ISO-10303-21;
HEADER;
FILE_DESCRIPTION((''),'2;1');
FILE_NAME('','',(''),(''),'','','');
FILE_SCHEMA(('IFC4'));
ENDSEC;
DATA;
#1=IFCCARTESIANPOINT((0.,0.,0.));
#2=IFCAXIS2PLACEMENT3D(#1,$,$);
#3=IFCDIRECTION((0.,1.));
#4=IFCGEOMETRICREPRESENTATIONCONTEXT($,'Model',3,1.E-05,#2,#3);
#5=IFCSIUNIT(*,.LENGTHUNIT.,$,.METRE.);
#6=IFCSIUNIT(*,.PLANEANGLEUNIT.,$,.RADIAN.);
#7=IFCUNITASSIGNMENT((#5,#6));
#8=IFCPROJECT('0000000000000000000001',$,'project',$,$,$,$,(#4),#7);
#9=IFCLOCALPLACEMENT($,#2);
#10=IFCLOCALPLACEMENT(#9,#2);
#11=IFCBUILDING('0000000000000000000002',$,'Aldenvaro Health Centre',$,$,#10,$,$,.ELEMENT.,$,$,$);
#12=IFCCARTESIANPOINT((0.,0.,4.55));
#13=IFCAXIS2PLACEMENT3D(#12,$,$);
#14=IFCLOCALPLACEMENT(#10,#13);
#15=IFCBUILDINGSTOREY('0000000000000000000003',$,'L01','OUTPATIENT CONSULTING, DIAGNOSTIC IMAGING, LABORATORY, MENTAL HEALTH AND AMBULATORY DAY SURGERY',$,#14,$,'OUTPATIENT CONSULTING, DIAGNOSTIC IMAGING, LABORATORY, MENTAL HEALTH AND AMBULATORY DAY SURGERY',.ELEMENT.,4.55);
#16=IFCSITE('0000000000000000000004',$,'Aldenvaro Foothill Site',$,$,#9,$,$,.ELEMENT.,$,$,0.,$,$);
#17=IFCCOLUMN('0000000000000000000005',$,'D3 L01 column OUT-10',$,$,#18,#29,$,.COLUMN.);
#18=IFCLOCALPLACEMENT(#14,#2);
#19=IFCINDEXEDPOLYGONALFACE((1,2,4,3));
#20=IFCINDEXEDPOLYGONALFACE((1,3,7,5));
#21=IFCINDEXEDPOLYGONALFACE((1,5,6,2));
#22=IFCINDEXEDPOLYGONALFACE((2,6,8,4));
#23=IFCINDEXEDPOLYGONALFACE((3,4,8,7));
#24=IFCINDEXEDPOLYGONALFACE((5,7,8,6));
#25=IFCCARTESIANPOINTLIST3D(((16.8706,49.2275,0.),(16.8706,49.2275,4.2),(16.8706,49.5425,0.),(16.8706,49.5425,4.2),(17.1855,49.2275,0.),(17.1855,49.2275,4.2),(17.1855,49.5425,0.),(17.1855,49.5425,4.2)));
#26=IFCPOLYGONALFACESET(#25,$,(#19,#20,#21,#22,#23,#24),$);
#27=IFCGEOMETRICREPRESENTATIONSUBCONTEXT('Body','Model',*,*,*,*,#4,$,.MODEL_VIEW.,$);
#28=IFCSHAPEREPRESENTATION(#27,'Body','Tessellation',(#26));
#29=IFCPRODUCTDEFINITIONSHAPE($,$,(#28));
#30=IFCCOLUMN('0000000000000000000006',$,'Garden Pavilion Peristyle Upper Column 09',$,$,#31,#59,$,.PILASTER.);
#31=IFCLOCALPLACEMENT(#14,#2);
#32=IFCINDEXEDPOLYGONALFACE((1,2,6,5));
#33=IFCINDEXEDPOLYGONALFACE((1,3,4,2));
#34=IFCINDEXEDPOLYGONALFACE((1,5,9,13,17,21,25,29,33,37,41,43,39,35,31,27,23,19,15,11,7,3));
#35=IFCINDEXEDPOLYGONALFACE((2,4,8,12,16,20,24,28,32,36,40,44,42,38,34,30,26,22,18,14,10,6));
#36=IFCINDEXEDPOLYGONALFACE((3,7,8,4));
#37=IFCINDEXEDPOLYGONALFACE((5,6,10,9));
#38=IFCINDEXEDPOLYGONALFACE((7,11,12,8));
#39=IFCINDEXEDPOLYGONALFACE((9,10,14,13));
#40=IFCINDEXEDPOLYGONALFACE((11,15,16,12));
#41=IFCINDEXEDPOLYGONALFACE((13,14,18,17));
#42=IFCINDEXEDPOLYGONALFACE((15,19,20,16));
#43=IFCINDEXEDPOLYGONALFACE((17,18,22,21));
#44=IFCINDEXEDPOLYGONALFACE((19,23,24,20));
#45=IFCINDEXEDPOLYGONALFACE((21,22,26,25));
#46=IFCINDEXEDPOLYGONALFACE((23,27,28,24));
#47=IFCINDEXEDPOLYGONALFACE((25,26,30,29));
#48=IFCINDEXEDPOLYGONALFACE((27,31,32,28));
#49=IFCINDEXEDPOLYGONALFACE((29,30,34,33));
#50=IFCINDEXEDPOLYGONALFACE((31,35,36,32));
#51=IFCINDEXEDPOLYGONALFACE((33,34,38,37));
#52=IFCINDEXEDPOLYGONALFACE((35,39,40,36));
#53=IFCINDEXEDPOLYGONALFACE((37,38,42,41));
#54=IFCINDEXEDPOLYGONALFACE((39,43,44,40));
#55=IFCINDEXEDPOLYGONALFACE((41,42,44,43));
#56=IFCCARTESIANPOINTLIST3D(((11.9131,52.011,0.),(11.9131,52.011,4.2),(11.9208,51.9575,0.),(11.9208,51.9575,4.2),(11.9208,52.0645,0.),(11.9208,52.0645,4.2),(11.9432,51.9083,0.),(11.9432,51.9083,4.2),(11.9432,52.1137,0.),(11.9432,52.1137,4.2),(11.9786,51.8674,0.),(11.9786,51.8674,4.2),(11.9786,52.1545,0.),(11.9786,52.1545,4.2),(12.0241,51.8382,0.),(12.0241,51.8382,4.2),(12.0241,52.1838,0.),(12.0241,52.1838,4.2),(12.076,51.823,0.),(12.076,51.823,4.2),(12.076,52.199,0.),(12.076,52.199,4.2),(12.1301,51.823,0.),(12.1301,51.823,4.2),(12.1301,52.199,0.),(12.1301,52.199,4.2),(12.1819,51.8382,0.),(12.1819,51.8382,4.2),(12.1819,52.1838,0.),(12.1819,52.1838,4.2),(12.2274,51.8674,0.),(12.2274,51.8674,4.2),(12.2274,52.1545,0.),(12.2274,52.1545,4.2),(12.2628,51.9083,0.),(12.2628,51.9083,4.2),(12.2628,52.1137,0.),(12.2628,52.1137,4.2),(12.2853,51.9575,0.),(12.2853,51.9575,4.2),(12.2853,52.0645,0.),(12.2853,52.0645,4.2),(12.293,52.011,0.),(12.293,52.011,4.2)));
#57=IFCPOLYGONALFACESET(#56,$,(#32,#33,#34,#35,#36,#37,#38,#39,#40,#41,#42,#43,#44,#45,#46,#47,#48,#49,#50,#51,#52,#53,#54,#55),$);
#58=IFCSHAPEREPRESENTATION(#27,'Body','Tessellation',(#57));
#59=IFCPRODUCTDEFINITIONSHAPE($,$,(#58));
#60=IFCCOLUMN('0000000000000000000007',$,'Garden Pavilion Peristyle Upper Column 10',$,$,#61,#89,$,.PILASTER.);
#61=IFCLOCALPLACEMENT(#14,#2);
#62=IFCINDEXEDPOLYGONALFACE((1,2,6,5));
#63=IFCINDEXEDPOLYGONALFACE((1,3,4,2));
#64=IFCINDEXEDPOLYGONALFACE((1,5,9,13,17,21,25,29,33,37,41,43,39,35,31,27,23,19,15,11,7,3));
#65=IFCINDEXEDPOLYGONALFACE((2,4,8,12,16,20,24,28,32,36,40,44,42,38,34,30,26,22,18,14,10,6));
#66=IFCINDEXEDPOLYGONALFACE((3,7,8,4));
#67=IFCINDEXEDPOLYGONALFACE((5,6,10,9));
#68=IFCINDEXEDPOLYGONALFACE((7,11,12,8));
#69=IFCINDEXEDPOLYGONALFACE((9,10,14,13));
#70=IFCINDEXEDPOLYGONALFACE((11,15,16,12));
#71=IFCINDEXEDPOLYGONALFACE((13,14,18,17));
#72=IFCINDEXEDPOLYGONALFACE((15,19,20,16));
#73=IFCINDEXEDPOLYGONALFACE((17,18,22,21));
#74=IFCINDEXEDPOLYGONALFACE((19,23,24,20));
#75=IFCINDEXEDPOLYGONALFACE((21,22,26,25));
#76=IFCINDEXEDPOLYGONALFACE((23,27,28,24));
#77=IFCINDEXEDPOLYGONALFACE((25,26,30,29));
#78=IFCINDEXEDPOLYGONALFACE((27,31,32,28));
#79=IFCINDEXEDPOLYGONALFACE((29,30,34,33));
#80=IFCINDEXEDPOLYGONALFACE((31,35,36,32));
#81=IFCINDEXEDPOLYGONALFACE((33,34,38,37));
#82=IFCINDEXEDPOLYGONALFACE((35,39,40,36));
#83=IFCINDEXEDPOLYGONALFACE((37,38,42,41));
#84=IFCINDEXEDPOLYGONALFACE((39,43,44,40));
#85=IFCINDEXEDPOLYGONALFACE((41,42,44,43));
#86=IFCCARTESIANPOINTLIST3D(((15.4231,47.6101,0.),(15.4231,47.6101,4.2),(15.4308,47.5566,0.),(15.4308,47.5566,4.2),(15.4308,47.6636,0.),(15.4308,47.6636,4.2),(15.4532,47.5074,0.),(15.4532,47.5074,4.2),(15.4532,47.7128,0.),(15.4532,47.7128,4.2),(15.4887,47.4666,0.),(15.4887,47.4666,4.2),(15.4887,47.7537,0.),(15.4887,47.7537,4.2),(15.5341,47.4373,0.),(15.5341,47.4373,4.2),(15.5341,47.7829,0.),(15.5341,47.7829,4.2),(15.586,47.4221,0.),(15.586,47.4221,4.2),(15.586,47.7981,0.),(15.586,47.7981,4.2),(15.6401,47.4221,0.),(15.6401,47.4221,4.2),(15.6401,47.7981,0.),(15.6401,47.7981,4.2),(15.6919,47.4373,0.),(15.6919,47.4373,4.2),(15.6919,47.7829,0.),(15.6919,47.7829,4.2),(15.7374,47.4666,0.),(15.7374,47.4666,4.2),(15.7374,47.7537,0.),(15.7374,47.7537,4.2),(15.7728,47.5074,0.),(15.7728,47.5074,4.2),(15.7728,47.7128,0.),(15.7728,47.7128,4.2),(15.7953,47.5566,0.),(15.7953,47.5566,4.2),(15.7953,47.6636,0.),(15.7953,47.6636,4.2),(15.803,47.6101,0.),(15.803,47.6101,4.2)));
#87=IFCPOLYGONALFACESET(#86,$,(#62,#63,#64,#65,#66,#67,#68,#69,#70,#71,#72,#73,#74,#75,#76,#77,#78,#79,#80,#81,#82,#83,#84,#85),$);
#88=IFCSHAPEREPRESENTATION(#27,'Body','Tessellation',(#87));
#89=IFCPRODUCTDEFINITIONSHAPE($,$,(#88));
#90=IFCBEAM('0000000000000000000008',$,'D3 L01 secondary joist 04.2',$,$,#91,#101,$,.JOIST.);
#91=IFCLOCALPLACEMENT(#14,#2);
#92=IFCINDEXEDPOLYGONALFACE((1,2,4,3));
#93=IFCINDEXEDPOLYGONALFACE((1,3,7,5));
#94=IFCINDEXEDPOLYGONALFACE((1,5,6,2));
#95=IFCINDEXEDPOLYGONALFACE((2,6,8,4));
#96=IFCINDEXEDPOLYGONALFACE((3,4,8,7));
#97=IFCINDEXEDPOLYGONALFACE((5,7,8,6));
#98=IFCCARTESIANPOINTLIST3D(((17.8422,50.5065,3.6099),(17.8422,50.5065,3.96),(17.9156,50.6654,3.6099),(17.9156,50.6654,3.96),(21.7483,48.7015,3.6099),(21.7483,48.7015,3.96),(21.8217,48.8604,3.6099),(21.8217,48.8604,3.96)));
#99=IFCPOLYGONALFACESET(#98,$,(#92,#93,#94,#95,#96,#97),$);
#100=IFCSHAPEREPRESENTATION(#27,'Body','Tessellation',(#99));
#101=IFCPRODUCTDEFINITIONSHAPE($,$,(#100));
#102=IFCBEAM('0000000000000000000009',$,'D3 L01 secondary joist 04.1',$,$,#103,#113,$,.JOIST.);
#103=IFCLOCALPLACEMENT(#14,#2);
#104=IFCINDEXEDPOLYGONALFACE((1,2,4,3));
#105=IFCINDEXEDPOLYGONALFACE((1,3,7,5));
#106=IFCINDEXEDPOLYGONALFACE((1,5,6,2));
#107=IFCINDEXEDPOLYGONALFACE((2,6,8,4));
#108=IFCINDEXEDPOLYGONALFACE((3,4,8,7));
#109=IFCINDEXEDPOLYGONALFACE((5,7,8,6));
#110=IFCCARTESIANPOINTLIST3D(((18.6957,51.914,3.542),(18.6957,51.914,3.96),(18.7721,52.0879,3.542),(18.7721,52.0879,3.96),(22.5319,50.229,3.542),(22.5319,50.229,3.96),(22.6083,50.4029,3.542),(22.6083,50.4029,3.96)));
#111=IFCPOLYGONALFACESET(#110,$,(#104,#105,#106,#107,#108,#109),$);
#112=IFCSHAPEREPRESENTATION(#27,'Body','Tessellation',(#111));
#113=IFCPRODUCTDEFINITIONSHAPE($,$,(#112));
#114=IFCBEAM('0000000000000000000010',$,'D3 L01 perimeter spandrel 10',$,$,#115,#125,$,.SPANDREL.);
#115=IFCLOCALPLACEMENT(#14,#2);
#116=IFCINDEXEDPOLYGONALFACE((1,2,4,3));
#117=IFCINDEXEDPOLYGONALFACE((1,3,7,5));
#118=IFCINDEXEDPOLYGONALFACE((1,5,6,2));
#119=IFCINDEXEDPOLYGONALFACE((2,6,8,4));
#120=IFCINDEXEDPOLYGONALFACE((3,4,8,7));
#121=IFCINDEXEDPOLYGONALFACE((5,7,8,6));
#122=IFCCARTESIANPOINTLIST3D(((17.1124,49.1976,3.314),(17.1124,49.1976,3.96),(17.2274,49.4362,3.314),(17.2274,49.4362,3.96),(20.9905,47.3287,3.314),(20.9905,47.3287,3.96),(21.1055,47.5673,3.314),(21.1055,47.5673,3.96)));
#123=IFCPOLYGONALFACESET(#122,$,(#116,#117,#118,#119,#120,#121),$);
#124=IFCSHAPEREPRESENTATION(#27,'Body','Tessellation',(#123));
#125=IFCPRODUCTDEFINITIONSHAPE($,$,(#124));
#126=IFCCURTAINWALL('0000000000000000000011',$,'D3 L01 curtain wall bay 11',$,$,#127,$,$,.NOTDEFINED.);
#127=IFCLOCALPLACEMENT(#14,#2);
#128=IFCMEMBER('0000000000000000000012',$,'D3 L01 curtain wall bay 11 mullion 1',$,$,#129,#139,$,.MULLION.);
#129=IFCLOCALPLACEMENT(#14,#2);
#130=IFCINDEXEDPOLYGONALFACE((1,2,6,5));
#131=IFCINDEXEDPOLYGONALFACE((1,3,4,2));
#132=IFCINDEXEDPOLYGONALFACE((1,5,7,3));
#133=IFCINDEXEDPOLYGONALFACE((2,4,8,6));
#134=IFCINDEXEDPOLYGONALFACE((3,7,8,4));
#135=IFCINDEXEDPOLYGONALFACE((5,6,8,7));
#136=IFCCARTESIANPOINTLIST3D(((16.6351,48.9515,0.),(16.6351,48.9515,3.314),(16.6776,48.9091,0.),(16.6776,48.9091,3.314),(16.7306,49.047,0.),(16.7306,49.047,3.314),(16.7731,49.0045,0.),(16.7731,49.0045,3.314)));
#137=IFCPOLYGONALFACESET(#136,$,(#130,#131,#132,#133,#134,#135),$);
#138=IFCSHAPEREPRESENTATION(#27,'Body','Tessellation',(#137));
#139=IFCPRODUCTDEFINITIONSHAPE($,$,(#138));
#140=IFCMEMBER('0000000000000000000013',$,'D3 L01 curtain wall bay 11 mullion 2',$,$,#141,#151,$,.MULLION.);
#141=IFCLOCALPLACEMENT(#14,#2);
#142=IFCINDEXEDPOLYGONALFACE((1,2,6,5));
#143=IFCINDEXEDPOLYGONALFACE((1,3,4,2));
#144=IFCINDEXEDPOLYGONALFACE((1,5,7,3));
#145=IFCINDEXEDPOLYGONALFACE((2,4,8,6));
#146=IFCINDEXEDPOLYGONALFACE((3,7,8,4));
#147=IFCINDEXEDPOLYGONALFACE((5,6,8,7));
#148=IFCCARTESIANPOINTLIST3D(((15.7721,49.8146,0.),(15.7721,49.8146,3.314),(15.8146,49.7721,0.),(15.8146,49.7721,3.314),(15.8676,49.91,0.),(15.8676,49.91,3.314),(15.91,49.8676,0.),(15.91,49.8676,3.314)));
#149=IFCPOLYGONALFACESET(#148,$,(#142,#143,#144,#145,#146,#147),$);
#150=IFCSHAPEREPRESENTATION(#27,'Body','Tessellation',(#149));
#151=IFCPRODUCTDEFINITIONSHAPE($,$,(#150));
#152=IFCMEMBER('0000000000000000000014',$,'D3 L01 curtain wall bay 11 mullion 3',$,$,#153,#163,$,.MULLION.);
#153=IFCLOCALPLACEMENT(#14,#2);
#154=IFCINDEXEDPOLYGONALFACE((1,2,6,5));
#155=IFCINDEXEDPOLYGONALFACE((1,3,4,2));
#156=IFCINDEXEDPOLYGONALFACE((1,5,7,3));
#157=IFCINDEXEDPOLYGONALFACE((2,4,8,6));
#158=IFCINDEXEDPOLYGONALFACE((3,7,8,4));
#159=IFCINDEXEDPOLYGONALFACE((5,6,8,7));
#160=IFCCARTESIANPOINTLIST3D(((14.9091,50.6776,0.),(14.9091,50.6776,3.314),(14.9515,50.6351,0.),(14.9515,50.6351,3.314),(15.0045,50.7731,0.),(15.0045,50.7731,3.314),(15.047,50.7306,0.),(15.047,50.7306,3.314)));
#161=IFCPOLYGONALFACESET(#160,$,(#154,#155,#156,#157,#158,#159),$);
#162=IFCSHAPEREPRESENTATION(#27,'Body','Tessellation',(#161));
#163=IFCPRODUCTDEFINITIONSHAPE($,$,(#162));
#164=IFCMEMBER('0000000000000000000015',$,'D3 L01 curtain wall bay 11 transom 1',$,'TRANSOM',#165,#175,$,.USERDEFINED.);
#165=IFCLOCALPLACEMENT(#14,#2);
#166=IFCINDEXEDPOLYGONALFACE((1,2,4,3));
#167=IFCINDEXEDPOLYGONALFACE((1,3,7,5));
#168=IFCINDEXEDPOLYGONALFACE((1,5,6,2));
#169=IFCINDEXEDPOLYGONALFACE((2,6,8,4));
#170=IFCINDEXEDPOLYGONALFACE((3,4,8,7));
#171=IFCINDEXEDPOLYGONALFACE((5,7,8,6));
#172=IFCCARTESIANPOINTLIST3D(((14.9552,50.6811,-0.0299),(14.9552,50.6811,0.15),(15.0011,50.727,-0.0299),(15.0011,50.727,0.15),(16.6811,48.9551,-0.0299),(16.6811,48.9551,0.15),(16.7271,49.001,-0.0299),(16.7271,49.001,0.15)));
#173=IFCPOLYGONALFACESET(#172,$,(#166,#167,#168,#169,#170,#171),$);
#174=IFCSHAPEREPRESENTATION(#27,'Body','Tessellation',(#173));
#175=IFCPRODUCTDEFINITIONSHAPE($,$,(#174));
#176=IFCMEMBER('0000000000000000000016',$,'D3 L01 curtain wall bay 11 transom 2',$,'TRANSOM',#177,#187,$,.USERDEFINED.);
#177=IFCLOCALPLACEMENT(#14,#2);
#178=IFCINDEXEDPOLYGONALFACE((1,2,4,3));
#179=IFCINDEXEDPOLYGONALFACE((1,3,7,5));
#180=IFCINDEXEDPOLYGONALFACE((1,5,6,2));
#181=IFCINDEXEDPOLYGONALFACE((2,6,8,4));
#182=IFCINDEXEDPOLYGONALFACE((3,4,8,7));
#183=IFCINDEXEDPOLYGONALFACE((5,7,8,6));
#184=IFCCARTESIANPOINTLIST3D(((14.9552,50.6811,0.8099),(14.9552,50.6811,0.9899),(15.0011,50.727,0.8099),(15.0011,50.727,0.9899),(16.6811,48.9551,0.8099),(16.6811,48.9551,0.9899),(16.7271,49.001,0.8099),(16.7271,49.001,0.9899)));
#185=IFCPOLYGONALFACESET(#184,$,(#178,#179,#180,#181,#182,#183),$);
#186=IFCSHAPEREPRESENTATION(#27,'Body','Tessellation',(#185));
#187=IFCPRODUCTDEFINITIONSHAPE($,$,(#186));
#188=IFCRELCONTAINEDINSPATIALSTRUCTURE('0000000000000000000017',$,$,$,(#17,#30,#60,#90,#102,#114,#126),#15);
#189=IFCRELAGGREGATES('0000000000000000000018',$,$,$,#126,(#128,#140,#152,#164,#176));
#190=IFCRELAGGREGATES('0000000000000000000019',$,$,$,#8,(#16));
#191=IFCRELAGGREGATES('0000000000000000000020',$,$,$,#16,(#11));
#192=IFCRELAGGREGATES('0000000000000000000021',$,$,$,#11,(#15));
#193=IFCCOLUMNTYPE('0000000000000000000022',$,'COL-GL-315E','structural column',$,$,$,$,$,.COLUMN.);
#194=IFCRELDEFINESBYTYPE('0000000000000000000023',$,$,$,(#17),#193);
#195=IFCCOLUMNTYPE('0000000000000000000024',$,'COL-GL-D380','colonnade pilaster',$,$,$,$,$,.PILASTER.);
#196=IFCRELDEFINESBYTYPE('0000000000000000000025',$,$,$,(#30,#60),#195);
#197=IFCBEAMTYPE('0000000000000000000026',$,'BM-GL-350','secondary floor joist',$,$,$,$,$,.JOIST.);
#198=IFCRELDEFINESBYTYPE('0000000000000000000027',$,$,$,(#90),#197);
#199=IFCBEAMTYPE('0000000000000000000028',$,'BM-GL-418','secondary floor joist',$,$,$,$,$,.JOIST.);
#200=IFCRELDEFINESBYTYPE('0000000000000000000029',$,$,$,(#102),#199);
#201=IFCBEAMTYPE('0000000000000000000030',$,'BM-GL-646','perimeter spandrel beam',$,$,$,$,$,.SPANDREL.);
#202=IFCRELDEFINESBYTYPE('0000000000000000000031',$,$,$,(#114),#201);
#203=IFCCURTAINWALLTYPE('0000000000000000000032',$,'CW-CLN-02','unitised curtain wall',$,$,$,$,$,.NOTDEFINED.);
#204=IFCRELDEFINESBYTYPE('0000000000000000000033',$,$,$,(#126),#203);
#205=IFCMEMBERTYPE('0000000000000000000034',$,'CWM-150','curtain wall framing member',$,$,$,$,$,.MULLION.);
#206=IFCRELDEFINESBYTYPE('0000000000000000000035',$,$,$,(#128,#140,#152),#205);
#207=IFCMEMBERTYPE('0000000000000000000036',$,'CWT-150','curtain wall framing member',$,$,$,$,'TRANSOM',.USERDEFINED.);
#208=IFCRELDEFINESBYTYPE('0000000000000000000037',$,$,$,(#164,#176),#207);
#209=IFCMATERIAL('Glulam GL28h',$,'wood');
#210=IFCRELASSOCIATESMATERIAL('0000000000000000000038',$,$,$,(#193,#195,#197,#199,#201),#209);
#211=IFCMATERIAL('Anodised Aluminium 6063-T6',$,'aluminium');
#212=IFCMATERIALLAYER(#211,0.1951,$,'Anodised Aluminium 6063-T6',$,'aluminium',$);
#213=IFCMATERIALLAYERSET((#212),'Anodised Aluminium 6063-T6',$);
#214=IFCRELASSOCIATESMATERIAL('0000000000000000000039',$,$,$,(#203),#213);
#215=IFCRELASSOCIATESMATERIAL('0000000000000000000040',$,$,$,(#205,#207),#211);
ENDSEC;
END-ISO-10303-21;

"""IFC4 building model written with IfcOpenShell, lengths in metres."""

from ifc_helpers import new_model, si_unit, direction, frame, origin, origin_2d, place, context, subcontext, project, spatial, rectangle, circle, extrude, material, layer, layer_set, material_profile, profile_set, type_object, element, aggregate, save


model = new_model("IFC4")

# Units and contexts
model_context = context("Model", 3, precision=1e-05, world=origin(), true_north=direction((0.0, 1.0)))
body_context = subcontext(model_context, "Body", "Model", "MODEL_VIEW")
ifc_project = project(units=[si_unit("LENGTHUNIT", "METRE"), si_unit("PLANEANGLEUNIT", "RADIAN")], contexts=[model_context])

# Site, building, storey
site_placement = place(None, origin())
site = spatial("IfcSite", under=ifc_project, at=site_placement, Name="Aldenvaro Foothill Site", CompositionType="ELEMENT", RefElevation=0.0)
building_placement = place(site_placement, origin())
building = spatial("IfcBuilding", under=site, at=building_placement, Name="Aldenvaro Health Centre", CompositionType="ELEMENT")
storey_placement = place(building_placement, frame((0.0, 0.0, 4.55)))
storey = spatial("IfcBuildingStorey", under=building, at=storey_placement, Name="L01", Description="OUTPATIENT CONSULTING, DIAGNOSTIC IMAGING, LABORATORY, MENTAL HEALTH AND AMBULATORY DAY SURGERY", LongName="OUTPATIENT CONSULTING, DIAGNOSTIC IMAGING, LABORATORY, MENTAL HEALTH AND AMBULATORY DAY SURGERY", CompositionType="ELEMENT", Elevation=4.55)

# Columns
ifc_material_1 = material(Name="Glulam GL28h", Category="wood")
ifc_material_profile_1 = material_profile(ifc_material_1, rectangle(XDim=0.3149, YDim=0.3149, at=origin_2d()), Name="GL 315x315", Category="wood")
ifc_profile_set_1 = profile_set([ifc_material_profile_1], Name="Glulam GL28h")
column_type_1 = type_object("IfcColumnType", Name="COL-GL-315E", Description="structural column", PredefinedType="COLUMN", material=ifc_profile_set_1)
column_placement = place(storey_placement, frame((17.0281, 49.385, 0.0), z_axis=(0.0, 0.0, 1.0), x_axis=(1.0, 0.0, 0.0)))
element("IfcColumn", 1, at=column_placement, inside=storey, type_object=column_type_1, Name="D3 L01 column OUT-10", PredefinedType="COLUMN", context=body_context, shape_type="SweptSolid", body=[
    extrude(rectangle(XDim=0.3149, YDim=0.3149, at=origin_2d()), origin(), (0.0, 0.0, 1.0), 4.2),
])
ifc_material_profile_2 = material_profile(ifc_material_1, circle(Radius=0.1899, at=origin_2d()), Name="GL D380", Category="wood")
ifc_profile_set_2 = profile_set([ifc_material_profile_2], Name="Glulam GL28h")
column_type_2 = type_object("IfcColumnType", Name="COL-GL-D380", Description="colonnade pilaster", PredefinedType="PILASTER", material=ifc_profile_set_2)
for number, where, z_axis, x_axis, name in (
    (2, (12.103, 52.011, 0.0), (0.0, 0.0, 1.0), (1.0, 0.0, 0.0), "Garden Pavilion Peristyle Upper Column 09"),
    (3, (15.613, 47.6101, 0.0), (0.0, 0.0, 1.0), (1.0, 0.0, 0.0), "Garden Pavilion Peristyle Upper Column 10"),
):
    element("IfcColumn", number, at=place(storey_placement, frame(where, z_axis=z_axis, x_axis=x_axis)), inside=storey, type_object=column_type_2, Name=name, PredefinedType="PILASTER", context=body_context, shape_type="SweptSolid", body=[
        extrude(circle(Radius=0.1899, at=origin_2d()), origin(), (0.0, 0.0, 1.0), 4.2),
    ])

# Beams
ifc_material_profile_3 = material_profile(ifc_material_1, rectangle(XDim=0.175, YDim=0.3501, at=origin_2d()), Name="GL 175x350", Category="wood")
ifc_profile_set_3 = profile_set([ifc_material_profile_3], Name="Glulam GL28h")
beam_type_1 = type_object("IfcBeamType", Name="BM-GL-350", Description="secondary floor joist", PredefinedType="JOIST", material=ifc_profile_set_3)
beam_1_placement = place(storey_placement, frame((17.8789, 50.5859, 3.7849), z_axis=(0.907768, -0.419472, 0.0), x_axis=(0.419472, 0.907768, 0.0)))
element("IfcBeam", 4, at=beam_1_placement, inside=storey, type_object=beam_type_1, Name="D3 L01 secondary joist 04.2", PredefinedType="JOIST", context=body_context, shape_type="SweptSolid", body=[
    extrude(rectangle(XDim=0.175, YDim=0.3501, at=origin_2d()), origin(), (0.0, 0.0, 1.0), 4.303),
])
ifc_material_profile_4 = material_profile(ifc_material_1, rectangle(XDim=0.1899, YDim=0.418, at=origin_2d()), Name="GL 190x418", Category="wood")
ifc_profile_set_4 = profile_set([ifc_material_profile_4], Name="Glulam GL28h")
beam_type_2 = type_object("IfcBeamType", Name="BM-GL-418", Description="secondary floor joist", PredefinedType="JOIST", material=ifc_profile_set_4)
beam_2_placement = place(storey_placement, frame((18.7339, 52.001, 3.751), z_axis=(0.915567, -0.402166, 0.0), x_axis=(0.402166, 0.915567, 0.0)))
element("IfcBeam", 5, at=beam_2_placement, inside=storey, type_object=beam_type_2, Name="D3 L01 secondary joist 04.1", PredefinedType="JOIST", context=body_context, shape_type="SweptSolid", body=[
    extrude(rectangle(XDim=0.1899, YDim=0.418, at=origin_2d()), origin(), (0.0, 0.0, 1.0), 4.1899),
])
ifc_material_profile_5 = material_profile(ifc_material_1, rectangle(XDim=0.2649, YDim=0.646, at=origin_2d()), Name="GL 265x646", Category="wood")
ifc_profile_set_5 = profile_set([ifc_material_profile_5], Name="Glulam GL28h")
beam_type_3 = type_object("IfcBeamType", Name="BM-GL-646", Description="perimeter spandrel beam", PredefinedType="SPANDREL", material=ifc_profile_set_5)
beam_3_placement = place(storey_placement, frame((17.1699, 49.3169, 3.637), z_axis=(0.900854, -0.434123, 0.0), x_axis=(0.434123, 0.900854, 0.0)))
element("IfcBeam", 6, at=beam_3_placement, inside=storey, type_object=beam_type_3, Name="D3 L01 perimeter spandrel 10", PredefinedType="SPANDREL", context=body_context, shape_type="SweptSolid", body=[
    extrude(rectangle(XDim=0.2649, YDim=0.646, at=origin_2d()), origin(), (0.0, 0.0, 1.0), 4.3049),
])

# Curtain wall, members
ifc_material_2 = material(Name="Anodised Aluminium 6063-T6", Category="aluminium")
ifc_layer_1 = layer(ifc_material_2, 0.1951, Name="Anodised Aluminium 6063-T6", Category="aluminium")
ifc_layer_set_1 = layer_set([ifc_layer_1], Name="Anodised Aluminium 6063-T6")
curtain_wall_type = type_object("IfcCurtainWallType", Name="CW-CLN-02", Description="unitised curtain wall", PredefinedType="NOTDEFINED", material=ifc_layer_set_1)
curtain_wall_placement = place(storey_placement, origin())
curtain_wall = element("IfcCurtainWall", 7, at=curtain_wall_placement, inside=storey, type_object=curtain_wall_type, Name="D3 L01 curtain wall bay 11", PredefinedType="NOTDEFINED")
ifc_material_profile_6 = material_profile(ifc_material_2, rectangle(XDim=0.0601, YDim=0.135, at=origin_2d()), Name="ALU 60x135", Category="aluminium")
ifc_profile_set_6 = profile_set([ifc_material_profile_6], Name="Anodised Aluminium 6063-T6")
member_type_1 = type_object("IfcMemberType", Name="CWM-150", Description="curtain wall framing member", PredefinedType="MULLION", material=ifc_profile_set_6)
member_1_placement = place(storey_placement, frame((16.7041, 48.978, 0.0), z_axis=(0.0, 0.0, 1.0), x_axis=(-0.707107, 0.707107, 0.0)))
member_1 = element("IfcMember", 8, at=member_1_placement, type_object=member_type_1, Name="D3 L01 curtain wall bay 11 mullion 1", PredefinedType="MULLION", context=body_context, shape_type="SweptSolid", body=[
    extrude(rectangle(XDim=0.0601, YDim=0.135, at=origin_2d()), origin(), (0.0, 0.0, 1.0), 3.314),
])
member_2_placement = place(storey_placement, frame((15.8411, 49.8411, 0.0), z_axis=(0.0, 0.0, 1.0), x_axis=(-0.707107, 0.707107, 0.0)))
member_2 = element("IfcMember", 9, at=member_2_placement, type_object=member_type_1, Name="D3 L01 curtain wall bay 11 mullion 2", PredefinedType="MULLION", context=body_context, shape_type="SweptSolid", body=[
    extrude(rectangle(XDim=0.0601, YDim=0.135, at=origin_2d()), origin(), (0.0, 0.0, 1.0), 3.314),
])
member_3_placement = place(storey_placement, frame((14.978, 50.7041, 0.0), z_axis=(0.0, 0.0, 1.0), x_axis=(-0.707107, 0.707107, 0.0)))
member_3 = element("IfcMember", 10, at=member_3_placement, type_object=member_type_1, Name="D3 L01 curtain wall bay 11 mullion 3", PredefinedType="MULLION", context=body_context, shape_type="SweptSolid", body=[
    extrude(rectangle(XDim=0.0601, YDim=0.135, at=origin_2d()), origin(), (0.0, 0.0, 1.0), 3.314),
])
ifc_material_profile_7 = material_profile(ifc_material_2, rectangle(XDim=0.0649, YDim=0.1799, at=origin_2d()), Name="ALU 65x180", Category="aluminium")
ifc_profile_set_7 = profile_set([ifc_material_profile_7], Name="Anodised Aluminium 6063-T6")
member_type_2 = type_object("IfcMemberType", Name="CWT-150", Description="curtain wall framing member", ElementType="TRANSOM", PredefinedType="USERDEFINED", material=ifc_profile_set_7)
member_4_placement = place(storey_placement, frame((16.7041, 48.978, 0.0601), z_axis=(-0.707107, 0.707107, 0.0), x_axis=(-0.707107, -0.707107, 0.0)))
member_4 = element("IfcMember", 11, at=member_4_placement, type_object=member_type_2, Name="D3 L01 curtain wall bay 11 transom 1", ObjectType="TRANSOM", PredefinedType="USERDEFINED", context=body_context, shape_type="SweptSolid", body=[
    extrude(rectangle(XDim=0.0649, YDim=0.1799, at=origin_2d()), origin(), (0.0, 0.0, 1.0), 2.4409),
])
member_5_placement = place(storey_placement, frame((16.7041, 48.978, 0.8999), z_axis=(-0.707107, 0.707107, 0.0), x_axis=(-0.707107, -0.707107, 0.0)))
member_5 = element("IfcMember", 12, at=member_5_placement, type_object=member_type_2, Name="D3 L01 curtain wall bay 11 transom 2", ObjectType="TRANSOM", PredefinedType="USERDEFINED", context=body_context, shape_type="SweptSolid", body=[
    extrude(rectangle(XDim=0.0649, YDim=0.1799, at=origin_2d()), origin(), (0.0, 0.0, 1.0), 2.4409),
])

aggregate(curtain_wall, [member_1, member_2, member_3, member_4, member_5])

save(model, "model.ifc")
